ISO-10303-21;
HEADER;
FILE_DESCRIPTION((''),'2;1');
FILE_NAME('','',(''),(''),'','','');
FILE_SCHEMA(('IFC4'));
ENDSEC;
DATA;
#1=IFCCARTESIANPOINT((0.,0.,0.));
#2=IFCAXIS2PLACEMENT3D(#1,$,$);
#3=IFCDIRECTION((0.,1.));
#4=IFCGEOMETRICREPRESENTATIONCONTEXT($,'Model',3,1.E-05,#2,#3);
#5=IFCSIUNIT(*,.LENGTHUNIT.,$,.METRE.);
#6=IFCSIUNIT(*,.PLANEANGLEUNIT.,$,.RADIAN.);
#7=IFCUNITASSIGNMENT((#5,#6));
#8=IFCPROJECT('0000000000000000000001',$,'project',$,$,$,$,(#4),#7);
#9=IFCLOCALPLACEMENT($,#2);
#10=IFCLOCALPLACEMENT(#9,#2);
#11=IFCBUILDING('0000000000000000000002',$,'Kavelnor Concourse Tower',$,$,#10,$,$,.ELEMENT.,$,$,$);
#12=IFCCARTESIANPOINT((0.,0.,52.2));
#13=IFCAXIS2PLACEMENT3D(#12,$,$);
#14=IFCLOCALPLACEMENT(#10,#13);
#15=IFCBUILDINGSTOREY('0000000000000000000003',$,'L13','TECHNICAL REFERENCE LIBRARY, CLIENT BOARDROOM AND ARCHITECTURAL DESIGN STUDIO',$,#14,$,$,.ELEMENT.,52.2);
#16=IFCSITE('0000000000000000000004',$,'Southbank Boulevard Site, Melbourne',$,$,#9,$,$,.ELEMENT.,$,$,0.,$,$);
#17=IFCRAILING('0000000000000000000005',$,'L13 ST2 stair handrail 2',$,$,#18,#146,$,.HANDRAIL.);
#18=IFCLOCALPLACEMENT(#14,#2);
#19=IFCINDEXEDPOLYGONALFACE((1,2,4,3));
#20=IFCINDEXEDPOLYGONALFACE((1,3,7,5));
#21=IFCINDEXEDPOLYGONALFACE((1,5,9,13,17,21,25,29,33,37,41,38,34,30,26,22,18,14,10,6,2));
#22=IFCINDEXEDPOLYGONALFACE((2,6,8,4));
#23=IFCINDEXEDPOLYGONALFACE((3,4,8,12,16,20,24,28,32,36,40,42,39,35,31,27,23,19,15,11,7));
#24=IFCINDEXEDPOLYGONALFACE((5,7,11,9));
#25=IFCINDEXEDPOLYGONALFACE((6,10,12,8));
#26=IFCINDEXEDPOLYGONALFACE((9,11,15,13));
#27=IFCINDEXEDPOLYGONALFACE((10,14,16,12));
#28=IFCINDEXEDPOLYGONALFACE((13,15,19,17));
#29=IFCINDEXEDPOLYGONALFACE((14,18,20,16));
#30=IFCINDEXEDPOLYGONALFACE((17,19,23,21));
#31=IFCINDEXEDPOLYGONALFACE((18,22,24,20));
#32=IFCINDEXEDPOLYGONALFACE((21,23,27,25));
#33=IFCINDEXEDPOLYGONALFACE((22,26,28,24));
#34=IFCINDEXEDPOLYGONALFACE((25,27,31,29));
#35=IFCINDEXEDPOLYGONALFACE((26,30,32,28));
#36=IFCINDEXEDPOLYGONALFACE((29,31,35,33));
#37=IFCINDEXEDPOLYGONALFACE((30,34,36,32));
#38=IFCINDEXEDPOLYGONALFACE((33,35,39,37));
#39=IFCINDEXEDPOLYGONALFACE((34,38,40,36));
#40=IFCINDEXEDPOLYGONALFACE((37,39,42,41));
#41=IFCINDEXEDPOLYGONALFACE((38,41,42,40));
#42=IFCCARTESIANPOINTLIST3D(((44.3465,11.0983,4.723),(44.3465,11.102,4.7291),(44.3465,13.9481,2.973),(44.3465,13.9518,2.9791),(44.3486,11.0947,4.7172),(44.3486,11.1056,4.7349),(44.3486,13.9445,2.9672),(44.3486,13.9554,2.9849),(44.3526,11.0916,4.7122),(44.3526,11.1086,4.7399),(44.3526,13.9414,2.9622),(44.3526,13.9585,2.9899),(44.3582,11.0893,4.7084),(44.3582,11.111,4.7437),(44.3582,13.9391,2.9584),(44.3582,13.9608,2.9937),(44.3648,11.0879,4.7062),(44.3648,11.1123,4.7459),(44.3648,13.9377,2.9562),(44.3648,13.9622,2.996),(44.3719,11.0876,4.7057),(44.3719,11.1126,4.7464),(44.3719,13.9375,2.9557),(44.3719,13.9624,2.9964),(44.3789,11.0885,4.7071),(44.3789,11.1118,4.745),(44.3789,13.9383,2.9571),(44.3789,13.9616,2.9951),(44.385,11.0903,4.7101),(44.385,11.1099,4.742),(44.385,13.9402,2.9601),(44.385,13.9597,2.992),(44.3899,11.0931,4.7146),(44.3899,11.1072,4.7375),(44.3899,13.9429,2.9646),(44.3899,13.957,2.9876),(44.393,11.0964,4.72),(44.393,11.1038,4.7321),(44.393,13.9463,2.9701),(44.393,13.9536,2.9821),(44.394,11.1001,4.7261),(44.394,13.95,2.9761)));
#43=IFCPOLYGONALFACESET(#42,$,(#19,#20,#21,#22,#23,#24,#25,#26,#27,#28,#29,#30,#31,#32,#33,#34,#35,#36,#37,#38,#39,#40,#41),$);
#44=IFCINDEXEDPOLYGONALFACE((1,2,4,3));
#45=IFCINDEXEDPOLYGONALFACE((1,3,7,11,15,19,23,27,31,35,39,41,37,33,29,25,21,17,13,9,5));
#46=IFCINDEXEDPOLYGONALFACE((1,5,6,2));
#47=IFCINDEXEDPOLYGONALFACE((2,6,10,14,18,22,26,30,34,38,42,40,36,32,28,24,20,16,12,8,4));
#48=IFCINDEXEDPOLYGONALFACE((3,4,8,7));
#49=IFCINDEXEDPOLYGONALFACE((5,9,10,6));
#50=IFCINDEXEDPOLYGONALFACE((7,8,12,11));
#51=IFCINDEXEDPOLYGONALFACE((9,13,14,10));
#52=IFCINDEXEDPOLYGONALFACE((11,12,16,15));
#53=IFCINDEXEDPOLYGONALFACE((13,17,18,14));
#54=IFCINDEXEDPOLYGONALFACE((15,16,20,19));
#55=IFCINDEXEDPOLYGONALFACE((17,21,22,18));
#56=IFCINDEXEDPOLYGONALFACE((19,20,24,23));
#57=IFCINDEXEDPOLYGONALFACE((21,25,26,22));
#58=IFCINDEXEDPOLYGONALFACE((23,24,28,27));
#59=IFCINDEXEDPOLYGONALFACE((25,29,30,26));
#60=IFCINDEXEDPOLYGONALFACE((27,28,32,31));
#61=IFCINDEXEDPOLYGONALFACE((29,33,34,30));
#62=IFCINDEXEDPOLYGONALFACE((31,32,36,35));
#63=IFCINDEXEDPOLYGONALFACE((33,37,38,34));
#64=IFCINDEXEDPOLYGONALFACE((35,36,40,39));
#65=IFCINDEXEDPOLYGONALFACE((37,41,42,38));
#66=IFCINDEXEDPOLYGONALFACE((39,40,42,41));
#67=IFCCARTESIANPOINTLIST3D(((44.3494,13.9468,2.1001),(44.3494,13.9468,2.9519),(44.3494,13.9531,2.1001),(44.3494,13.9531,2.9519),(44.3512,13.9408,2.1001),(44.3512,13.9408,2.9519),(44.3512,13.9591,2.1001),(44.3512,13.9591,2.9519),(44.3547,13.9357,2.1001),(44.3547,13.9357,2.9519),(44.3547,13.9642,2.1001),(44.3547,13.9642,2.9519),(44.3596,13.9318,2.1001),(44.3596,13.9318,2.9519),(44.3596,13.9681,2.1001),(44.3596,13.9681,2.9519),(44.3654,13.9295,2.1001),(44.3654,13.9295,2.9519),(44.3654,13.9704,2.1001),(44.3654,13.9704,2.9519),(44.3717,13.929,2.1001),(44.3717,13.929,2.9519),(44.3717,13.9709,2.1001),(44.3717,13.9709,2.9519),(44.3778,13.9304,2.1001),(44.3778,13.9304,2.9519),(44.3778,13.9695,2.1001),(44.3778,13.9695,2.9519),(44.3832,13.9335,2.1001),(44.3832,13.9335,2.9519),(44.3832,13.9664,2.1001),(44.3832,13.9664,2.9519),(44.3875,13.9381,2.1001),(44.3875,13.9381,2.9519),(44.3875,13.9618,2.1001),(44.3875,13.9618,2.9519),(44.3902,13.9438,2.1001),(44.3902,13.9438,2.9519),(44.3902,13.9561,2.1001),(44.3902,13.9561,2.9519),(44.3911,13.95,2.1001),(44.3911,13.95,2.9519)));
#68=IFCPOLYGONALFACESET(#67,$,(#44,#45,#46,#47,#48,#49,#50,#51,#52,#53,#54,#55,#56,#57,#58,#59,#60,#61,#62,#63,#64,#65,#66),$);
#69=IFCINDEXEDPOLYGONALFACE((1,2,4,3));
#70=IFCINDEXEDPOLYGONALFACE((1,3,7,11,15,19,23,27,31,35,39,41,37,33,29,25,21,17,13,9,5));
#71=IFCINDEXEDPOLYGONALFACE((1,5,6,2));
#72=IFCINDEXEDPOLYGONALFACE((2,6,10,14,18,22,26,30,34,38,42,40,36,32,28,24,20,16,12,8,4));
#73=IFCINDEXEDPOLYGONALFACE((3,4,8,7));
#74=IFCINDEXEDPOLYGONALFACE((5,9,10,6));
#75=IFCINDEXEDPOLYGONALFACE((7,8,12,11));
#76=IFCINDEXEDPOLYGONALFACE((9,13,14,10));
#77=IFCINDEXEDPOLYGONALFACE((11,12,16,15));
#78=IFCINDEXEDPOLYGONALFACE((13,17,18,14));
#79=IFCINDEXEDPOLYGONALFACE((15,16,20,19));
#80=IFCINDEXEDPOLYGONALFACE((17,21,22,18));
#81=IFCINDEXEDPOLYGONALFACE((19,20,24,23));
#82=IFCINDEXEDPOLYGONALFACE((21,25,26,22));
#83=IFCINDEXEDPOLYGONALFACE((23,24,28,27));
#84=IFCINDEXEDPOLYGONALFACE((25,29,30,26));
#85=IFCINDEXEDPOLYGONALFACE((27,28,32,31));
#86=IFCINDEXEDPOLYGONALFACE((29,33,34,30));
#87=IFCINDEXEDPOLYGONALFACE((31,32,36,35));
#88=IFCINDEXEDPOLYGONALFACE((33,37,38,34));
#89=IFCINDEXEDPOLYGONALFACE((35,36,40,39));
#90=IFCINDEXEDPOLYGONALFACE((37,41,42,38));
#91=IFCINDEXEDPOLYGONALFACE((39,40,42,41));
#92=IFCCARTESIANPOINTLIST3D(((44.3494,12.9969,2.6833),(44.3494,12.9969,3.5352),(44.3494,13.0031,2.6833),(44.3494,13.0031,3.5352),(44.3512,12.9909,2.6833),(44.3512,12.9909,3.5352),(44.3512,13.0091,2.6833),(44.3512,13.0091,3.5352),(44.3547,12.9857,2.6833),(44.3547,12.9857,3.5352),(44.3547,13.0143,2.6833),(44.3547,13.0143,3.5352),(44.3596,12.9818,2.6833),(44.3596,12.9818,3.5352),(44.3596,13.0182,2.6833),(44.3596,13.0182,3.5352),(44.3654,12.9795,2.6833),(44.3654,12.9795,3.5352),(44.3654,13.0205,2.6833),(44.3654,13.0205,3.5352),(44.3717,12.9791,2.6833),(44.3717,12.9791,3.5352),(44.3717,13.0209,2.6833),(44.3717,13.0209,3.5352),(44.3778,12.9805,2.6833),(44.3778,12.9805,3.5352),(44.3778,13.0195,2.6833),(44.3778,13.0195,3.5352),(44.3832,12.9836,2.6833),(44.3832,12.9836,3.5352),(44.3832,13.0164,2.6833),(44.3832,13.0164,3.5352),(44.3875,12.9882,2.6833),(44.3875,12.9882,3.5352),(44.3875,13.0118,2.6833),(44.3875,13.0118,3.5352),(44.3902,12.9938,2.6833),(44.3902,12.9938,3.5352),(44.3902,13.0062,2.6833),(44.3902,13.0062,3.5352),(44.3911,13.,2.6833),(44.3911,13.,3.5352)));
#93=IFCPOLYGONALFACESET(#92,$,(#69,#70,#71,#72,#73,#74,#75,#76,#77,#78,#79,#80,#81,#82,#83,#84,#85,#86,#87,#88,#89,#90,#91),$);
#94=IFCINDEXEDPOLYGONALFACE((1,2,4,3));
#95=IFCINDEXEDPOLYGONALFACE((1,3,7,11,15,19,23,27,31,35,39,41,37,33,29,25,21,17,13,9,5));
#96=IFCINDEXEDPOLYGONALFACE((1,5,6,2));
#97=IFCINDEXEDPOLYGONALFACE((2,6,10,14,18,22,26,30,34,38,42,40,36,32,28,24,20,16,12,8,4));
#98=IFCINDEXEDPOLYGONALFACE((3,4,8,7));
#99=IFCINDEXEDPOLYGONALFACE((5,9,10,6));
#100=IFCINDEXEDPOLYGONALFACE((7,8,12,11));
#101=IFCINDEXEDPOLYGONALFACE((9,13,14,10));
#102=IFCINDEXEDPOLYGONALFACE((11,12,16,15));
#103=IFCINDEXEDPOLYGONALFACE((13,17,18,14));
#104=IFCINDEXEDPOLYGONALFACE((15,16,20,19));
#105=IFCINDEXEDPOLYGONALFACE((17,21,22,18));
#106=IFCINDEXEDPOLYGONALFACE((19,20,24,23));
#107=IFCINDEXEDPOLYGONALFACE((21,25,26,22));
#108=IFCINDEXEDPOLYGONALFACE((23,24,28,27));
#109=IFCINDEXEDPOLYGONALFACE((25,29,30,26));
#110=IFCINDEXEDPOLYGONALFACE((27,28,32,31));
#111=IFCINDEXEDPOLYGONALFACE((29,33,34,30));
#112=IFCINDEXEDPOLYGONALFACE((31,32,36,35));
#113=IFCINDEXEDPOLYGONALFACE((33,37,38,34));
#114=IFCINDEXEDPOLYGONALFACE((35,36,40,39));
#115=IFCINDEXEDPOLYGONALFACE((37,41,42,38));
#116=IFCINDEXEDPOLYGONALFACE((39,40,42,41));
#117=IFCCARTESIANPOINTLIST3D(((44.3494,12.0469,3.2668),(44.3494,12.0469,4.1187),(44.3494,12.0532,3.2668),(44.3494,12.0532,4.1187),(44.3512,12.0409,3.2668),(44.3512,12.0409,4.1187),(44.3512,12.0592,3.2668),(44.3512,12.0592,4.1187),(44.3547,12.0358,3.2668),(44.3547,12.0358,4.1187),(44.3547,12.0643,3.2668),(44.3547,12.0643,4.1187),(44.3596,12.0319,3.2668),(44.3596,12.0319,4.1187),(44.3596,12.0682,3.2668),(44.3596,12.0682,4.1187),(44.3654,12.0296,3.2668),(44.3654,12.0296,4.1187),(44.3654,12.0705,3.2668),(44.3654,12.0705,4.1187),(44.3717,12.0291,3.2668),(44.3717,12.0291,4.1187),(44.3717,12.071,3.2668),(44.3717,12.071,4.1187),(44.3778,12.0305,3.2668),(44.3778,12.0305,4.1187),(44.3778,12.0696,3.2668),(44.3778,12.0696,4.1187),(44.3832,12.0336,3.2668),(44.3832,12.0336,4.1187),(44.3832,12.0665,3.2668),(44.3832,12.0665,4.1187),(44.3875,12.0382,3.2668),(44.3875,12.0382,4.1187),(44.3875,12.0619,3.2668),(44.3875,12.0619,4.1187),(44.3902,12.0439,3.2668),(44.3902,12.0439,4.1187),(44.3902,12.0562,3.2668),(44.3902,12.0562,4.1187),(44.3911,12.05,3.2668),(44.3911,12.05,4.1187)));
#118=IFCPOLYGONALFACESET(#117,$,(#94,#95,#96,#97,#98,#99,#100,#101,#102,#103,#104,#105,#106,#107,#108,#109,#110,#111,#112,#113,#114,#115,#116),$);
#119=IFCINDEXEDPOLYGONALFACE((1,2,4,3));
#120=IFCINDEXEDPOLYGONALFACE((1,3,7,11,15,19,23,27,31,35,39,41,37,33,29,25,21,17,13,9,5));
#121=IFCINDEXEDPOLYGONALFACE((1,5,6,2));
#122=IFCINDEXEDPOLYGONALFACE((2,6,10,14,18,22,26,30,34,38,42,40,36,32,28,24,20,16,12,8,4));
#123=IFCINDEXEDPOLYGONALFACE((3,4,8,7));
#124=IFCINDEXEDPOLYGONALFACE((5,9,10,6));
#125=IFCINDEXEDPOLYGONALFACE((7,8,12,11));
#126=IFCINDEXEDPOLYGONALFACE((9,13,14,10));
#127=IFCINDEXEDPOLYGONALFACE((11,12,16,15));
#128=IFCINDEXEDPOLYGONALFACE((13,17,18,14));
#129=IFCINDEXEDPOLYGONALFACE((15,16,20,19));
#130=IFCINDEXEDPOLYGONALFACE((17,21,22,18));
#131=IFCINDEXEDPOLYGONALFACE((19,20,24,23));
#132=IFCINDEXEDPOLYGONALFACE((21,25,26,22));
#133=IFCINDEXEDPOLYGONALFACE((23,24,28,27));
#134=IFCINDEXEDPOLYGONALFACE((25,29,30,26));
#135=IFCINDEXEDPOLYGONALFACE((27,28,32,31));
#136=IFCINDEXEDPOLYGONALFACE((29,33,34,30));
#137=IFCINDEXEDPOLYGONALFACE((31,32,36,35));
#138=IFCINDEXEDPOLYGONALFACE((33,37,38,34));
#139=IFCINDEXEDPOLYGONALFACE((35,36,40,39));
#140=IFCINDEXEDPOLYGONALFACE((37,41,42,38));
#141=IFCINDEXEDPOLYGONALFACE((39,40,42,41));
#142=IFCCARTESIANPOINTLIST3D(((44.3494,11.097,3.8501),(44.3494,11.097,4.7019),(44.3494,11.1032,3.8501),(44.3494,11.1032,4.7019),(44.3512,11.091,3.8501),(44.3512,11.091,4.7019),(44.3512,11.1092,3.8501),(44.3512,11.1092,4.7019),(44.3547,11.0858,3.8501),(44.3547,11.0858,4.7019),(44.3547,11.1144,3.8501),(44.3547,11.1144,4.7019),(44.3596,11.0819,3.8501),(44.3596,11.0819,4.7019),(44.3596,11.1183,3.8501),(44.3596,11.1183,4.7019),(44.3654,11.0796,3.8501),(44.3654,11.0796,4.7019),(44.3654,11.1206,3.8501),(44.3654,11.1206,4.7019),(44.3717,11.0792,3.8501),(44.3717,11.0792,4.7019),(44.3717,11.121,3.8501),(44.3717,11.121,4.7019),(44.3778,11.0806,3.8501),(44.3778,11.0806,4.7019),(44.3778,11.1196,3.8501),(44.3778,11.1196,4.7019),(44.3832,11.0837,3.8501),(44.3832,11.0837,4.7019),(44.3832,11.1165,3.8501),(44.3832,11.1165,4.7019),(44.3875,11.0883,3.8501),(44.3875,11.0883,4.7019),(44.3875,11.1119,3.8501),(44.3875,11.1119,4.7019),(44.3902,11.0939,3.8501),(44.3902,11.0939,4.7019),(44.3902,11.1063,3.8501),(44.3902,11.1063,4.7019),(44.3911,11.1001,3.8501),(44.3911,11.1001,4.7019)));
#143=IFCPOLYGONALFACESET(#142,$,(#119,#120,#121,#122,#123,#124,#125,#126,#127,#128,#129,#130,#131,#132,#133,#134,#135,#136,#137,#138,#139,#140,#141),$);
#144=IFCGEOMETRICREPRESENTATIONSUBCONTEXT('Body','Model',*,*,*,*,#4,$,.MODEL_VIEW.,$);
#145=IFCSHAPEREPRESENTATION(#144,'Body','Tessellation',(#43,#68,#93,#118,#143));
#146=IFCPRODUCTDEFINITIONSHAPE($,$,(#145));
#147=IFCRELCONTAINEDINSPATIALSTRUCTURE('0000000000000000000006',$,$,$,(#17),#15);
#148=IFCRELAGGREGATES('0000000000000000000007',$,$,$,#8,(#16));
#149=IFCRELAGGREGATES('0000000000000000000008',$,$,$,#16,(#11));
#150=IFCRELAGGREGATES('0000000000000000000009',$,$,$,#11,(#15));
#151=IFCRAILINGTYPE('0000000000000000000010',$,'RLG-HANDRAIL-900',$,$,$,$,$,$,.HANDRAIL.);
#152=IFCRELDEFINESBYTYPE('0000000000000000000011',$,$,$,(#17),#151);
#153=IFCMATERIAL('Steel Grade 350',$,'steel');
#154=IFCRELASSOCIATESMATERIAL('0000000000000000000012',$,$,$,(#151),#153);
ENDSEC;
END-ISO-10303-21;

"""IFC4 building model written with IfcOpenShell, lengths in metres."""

from ifc_helpers import new_model, si_unit, direction, frame, origin, origin_2d, place, context, subcontext, project, spatial, circle, extrude, material, type_object, element, save


model = new_model("IFC4")

# Units and contexts
model_context = context("Model", 3, precision=1e-05, world=origin(), true_north=direction((0.0, 1.0)))
body_context = subcontext(model_context, "Body", "Model", "MODEL_VIEW")
ifc_project = project(units=[si_unit("LENGTHUNIT", "METRE"), si_unit("PLANEANGLEUNIT", "RADIAN")], contexts=[model_context])

# Site, building, storey
site_placement = place(None, origin())
site = spatial("IfcSite", under=ifc_project, at=site_placement, Name="Southbank Boulevard Site, Melbourne", CompositionType="ELEMENT", RefElevation=0.0)
building_placement = place(site_placement, origin())
building = spatial("IfcBuilding", under=site, at=building_placement, Name="Kavelnor Concourse Tower", CompositionType="ELEMENT")
storey_placement = place(building_placement, frame((0.0, 0.0, 52.2)))
storey = spatial("IfcBuildingStorey", under=building, at=storey_placement, Name="L13", Description="TECHNICAL REFERENCE LIBRARY, CLIENT BOARDROOM AND ARCHITECTURAL DESIGN STUDIO", CompositionType="ELEMENT", Elevation=52.2)

# Shared definitions
ifc_material_1 = material(Name="Steel Grade 350", Category="steel")

# Railing
railing_type_1 = type_object("IfcRailingType", Name="RLG-HANDRAIL-900", PredefinedType="HANDRAIL", material=ifc_material_1)
railing_1_placement = place(storey_placement, frame((44.3701, 13.95, 2.1001)))
element("IfcRailing", 1, at=railing_1_placement, inside=storey, type_object=railing_type_1, Name="L13 ST2 stair handrail 2", PredefinedType="HANDRAIL", context=body_context, shape_type="SweptSolid", body=[
    extrude(circle(Radius=0.0239, at=origin_2d()), frame((0.0, 0.0, 0.876), z_axis=(0.0, -0.852159, 0.523283), x_axis=(1.0, 0.0, 0.0)), (0.0, 0.0, 1.0), 3.3442),
    extrude(circle(Radius=0.021, at=origin_2d()), origin(), (0.0, 0.0, 1.0), 0.8518),
    extrude(circle(Radius=0.021, at=origin_2d()), frame((0.0, -0.95, 0.5833)), (0.0, 0.0, 1.0), 0.8518),
    extrude(circle(Radius=0.021, at=origin_2d()), frame((0.0, -1.8999, 1.1667)), (0.0, 0.0, 1.0), 0.8518),
    extrude(circle(Radius=0.021, at=origin_2d()), frame((0.0, -2.8499, 1.75)), (0.0, 0.0, 1.0), 0.8518),
])

save(model, "model.ifc")
